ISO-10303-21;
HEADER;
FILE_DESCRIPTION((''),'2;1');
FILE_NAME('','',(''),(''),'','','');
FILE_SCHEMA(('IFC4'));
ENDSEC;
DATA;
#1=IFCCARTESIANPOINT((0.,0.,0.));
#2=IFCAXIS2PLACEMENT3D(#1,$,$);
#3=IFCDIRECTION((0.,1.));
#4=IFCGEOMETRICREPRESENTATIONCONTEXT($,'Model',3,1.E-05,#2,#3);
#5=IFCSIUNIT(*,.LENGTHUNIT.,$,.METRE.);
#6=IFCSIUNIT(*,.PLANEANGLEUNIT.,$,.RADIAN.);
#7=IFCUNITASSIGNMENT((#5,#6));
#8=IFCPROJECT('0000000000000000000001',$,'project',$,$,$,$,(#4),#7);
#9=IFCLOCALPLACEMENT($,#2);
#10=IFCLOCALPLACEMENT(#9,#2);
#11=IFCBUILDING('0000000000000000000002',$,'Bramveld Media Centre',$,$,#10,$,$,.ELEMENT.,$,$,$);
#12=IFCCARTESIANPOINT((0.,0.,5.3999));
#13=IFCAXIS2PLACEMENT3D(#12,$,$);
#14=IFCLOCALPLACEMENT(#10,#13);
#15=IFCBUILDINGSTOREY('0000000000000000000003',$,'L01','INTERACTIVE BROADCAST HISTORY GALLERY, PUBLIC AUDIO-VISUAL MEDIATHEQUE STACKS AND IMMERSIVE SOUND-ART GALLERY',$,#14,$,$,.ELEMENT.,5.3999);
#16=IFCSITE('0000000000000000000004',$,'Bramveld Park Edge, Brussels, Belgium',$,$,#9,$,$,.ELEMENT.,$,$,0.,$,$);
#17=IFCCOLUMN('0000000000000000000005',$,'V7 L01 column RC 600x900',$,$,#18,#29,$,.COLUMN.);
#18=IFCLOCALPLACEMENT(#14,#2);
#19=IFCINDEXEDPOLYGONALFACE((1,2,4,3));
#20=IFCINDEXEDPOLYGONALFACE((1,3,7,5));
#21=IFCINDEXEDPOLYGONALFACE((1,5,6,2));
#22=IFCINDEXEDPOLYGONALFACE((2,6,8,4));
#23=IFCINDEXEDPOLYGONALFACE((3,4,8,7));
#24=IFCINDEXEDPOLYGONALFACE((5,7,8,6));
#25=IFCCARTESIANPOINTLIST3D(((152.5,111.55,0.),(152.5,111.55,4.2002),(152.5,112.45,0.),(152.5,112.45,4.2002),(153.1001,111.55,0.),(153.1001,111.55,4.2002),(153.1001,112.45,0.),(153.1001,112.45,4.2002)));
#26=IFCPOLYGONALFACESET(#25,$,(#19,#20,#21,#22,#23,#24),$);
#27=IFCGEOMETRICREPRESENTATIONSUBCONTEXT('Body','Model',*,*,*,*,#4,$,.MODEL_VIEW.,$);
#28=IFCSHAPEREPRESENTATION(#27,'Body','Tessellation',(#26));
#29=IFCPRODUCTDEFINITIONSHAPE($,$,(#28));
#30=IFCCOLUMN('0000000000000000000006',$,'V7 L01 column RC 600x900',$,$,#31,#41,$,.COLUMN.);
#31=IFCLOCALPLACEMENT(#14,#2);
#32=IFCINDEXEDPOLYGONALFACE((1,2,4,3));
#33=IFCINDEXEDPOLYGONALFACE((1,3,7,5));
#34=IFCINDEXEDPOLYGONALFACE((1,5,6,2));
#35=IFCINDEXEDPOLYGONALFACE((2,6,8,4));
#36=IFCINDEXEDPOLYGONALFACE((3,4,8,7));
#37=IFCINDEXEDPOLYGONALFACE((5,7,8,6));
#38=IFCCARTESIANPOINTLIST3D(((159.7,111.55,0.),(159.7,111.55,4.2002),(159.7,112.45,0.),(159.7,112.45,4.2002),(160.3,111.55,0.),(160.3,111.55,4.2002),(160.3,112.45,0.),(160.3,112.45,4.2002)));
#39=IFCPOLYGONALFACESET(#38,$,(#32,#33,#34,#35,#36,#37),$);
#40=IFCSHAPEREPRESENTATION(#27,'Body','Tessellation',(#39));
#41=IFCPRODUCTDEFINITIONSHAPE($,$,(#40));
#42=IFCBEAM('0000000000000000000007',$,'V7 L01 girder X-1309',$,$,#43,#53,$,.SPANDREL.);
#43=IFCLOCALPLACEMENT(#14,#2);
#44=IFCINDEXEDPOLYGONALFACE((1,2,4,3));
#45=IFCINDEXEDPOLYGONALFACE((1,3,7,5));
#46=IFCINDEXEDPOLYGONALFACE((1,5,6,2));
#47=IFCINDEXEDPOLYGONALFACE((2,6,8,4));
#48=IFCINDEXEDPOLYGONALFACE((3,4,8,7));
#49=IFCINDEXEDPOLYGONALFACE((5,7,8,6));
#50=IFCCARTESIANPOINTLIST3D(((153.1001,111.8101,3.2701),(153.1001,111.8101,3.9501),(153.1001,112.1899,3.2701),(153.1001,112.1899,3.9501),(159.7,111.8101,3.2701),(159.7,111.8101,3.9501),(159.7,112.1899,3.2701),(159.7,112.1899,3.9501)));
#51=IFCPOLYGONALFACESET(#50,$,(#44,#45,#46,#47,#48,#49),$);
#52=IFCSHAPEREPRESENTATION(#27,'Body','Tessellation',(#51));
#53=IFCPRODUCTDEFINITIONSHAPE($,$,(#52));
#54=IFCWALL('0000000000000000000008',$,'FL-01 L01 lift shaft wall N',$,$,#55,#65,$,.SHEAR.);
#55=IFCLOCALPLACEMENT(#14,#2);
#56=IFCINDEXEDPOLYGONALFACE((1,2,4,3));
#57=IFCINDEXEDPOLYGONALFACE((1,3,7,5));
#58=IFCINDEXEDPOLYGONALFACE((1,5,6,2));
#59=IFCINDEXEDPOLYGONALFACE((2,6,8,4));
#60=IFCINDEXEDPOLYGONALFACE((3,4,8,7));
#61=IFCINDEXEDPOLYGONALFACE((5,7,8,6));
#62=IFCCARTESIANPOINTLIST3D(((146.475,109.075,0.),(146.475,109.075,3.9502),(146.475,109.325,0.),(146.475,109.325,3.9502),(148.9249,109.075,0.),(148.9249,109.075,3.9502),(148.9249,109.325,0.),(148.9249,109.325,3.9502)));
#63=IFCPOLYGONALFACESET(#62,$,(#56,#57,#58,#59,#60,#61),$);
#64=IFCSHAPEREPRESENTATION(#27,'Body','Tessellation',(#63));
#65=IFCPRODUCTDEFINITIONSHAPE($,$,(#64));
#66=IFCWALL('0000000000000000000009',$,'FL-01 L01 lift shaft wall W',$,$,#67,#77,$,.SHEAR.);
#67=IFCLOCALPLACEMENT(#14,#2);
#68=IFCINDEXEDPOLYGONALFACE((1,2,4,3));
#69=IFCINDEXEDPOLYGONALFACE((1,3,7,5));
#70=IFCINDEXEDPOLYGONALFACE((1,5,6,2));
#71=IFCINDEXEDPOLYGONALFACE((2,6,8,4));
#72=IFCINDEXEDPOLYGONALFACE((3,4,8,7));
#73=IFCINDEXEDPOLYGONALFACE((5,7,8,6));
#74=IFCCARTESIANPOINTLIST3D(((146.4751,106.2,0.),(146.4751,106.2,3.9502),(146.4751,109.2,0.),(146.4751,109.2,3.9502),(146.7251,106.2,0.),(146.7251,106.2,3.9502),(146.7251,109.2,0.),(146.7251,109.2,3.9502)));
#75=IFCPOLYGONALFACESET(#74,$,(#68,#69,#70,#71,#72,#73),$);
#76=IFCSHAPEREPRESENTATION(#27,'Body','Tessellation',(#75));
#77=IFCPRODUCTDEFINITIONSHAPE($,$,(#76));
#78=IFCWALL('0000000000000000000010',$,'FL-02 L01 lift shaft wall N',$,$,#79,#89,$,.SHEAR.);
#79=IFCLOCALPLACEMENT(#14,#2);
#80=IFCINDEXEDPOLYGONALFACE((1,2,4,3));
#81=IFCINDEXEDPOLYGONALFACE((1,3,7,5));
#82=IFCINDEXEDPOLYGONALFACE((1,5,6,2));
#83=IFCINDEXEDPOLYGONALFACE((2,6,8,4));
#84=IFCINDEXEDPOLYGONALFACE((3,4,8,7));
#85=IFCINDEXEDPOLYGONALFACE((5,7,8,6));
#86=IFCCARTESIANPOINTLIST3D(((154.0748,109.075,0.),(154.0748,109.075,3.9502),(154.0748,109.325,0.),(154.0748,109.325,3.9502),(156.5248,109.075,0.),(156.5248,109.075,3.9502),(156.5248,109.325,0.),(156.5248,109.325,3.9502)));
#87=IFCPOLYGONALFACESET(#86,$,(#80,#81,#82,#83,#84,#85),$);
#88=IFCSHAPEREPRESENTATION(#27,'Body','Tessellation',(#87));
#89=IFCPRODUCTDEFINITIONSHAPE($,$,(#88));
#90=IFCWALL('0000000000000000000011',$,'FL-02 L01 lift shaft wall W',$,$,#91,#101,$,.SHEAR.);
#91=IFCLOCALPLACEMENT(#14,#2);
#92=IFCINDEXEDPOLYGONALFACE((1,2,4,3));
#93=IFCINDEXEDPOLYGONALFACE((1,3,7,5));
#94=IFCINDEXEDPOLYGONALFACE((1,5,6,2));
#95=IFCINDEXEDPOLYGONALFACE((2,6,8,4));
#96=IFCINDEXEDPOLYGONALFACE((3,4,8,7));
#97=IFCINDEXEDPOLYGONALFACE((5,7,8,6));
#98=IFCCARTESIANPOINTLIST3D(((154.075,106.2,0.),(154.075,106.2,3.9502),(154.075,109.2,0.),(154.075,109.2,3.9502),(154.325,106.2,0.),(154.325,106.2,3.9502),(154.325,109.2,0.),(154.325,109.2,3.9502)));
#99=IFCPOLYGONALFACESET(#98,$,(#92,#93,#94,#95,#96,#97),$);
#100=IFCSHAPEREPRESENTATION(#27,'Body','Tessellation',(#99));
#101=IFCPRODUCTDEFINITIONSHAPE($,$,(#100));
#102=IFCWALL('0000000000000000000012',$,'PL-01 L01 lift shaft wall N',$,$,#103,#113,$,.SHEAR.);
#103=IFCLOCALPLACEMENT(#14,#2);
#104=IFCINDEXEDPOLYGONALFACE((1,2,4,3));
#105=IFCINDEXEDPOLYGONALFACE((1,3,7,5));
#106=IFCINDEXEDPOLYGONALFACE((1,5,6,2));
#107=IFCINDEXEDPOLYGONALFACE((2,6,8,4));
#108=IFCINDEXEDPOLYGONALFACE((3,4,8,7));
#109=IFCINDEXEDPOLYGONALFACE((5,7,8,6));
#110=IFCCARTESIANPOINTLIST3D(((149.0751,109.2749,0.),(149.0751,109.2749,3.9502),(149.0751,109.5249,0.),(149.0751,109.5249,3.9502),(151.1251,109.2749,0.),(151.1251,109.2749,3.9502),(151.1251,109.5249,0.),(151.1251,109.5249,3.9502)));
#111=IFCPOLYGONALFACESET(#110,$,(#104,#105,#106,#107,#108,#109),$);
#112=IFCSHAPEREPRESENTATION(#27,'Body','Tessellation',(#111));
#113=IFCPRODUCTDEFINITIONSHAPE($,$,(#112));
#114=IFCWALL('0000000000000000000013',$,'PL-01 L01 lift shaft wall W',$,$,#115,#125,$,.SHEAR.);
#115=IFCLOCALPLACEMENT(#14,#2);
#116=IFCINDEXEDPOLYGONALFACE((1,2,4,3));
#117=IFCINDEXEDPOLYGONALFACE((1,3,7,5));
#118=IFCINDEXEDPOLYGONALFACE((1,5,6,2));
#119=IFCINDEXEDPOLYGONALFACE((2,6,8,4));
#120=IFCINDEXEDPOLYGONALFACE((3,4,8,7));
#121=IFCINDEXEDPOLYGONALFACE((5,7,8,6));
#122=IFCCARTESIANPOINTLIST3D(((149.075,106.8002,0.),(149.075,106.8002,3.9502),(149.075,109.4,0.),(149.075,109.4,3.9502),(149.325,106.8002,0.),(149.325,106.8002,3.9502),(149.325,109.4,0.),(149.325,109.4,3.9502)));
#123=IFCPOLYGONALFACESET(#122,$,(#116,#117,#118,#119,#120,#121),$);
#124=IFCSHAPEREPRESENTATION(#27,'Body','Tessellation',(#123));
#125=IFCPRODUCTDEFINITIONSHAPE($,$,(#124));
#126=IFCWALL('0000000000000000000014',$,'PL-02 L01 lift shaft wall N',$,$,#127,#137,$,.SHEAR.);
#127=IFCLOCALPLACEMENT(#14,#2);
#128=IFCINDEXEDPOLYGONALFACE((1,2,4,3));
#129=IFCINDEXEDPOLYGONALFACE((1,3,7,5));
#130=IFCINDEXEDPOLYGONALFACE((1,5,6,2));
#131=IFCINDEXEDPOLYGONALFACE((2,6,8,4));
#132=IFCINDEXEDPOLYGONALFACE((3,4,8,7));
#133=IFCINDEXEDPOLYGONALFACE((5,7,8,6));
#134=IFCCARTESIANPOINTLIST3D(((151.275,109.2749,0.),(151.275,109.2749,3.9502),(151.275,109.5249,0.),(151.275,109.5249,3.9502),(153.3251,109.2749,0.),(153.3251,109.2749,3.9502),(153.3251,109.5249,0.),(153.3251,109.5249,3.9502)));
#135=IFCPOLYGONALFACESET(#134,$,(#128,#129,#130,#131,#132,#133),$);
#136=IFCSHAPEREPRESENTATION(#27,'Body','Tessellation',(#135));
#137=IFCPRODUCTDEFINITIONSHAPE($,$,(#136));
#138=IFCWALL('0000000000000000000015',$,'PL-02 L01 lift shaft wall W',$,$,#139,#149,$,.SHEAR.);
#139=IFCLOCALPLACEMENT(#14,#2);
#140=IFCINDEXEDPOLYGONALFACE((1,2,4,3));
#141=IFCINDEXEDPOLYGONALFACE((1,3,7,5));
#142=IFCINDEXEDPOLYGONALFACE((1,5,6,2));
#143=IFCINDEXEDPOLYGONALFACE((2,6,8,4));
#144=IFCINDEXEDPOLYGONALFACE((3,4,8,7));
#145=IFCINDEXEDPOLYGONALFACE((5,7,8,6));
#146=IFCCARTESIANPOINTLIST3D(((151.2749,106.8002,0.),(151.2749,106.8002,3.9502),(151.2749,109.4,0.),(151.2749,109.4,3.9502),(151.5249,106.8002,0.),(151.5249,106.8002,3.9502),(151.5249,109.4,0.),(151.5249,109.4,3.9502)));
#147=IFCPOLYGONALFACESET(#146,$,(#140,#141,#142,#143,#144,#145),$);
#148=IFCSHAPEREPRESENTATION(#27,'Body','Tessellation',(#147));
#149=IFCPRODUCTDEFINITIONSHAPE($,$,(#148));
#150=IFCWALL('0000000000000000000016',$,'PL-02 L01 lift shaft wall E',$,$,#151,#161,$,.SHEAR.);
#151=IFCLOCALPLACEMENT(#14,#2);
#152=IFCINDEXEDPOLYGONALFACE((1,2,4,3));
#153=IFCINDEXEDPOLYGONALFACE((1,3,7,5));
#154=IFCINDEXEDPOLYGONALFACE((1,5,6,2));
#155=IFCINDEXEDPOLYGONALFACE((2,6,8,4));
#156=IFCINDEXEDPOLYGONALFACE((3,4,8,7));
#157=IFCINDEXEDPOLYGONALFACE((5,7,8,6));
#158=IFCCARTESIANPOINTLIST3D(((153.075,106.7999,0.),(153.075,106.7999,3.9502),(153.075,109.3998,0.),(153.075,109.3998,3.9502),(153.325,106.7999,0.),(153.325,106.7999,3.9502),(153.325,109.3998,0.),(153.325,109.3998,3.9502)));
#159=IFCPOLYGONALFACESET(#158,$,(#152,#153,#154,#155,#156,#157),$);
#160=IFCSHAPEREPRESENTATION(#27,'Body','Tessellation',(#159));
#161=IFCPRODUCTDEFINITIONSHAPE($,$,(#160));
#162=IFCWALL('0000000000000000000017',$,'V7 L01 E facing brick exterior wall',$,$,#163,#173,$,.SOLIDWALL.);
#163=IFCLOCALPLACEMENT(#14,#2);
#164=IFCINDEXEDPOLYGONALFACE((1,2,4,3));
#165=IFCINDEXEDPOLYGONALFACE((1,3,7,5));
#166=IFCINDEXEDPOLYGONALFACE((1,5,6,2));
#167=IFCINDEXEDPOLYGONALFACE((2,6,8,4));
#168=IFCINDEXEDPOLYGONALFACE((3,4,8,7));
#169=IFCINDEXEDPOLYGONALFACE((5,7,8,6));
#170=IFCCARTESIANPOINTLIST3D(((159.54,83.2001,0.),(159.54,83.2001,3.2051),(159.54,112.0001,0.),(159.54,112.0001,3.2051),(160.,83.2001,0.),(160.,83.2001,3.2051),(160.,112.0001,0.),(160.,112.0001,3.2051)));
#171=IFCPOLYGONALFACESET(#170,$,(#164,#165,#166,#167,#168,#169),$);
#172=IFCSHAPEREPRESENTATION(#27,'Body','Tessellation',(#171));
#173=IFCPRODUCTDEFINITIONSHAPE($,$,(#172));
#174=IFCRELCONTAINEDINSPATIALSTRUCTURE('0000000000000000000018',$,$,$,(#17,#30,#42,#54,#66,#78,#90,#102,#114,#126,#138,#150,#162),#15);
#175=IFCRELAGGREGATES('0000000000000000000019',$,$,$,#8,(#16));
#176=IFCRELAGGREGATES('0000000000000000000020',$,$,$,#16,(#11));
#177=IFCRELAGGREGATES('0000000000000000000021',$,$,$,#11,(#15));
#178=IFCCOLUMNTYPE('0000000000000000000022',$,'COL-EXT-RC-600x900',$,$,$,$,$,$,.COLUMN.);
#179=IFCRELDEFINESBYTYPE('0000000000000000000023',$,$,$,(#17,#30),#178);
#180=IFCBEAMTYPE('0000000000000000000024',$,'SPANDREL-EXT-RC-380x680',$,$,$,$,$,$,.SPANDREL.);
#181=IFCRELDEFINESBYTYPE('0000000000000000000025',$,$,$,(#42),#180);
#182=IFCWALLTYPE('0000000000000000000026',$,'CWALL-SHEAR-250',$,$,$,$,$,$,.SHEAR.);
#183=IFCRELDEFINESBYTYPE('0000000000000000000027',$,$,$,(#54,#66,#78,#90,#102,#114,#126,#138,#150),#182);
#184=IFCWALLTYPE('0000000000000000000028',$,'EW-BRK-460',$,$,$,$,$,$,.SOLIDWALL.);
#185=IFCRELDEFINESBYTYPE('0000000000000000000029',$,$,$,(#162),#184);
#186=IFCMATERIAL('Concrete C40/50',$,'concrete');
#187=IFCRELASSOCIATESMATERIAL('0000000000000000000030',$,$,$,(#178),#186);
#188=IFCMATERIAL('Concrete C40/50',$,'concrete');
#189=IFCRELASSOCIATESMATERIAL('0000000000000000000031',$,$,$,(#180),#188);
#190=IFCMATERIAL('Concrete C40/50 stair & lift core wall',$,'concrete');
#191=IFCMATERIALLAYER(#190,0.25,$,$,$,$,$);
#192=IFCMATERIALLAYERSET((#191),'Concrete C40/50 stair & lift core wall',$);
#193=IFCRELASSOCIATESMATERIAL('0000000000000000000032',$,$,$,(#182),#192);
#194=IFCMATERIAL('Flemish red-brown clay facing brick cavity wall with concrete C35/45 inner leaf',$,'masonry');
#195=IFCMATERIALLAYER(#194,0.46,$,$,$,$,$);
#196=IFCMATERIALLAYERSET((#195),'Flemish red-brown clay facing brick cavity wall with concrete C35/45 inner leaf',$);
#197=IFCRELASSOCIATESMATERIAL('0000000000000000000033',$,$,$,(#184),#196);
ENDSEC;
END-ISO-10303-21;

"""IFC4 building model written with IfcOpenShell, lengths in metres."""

from ifc_helpers import new_model, si_unit, direction, frame, frame_2d, origin, origin_2d, place, context, subcontext, project, spatial, rectangle, extrude, material, layer, layer_set, material_profile, profile_set, type_object, element, save


model = new_model("IFC4")

# Units and contexts
model_context = context("Model", 3, precision=1e-05, world=origin(), true_north=direction((0.0, 1.0)))
body_context = subcontext(model_context, "Body", "Model", "MODEL_VIEW")
ifc_project = project(units=[si_unit("LENGTHUNIT", "METRE"), si_unit("PLANEANGLEUNIT", "RADIAN")], contexts=[model_context])

# Site, building, storey
site_placement = place(None, origin())
site = spatial("IfcSite", under=ifc_project, at=site_placement, Name="Bramveld Park Edge, Brussels, Belgium", CompositionType="ELEMENT", RefElevation=0.0)
building_placement = place(site_placement, origin())
building = spatial("IfcBuilding", under=site, at=building_placement, Name="Bramveld Media Centre", CompositionType="ELEMENT")
storey_placement = place(building_placement, frame((0.0, 0.0, 5.3999)))
storey = spatial("IfcBuildingStorey", under=building, at=storey_placement, Name="L01", Description="INTERACTIVE BROADCAST HISTORY GALLERY, PUBLIC AUDIO-VISUAL MEDIATHEQUE STACKS AND IMMERSIVE SOUND-ART GALLERY", CompositionType="ELEMENT", Elevation=5.3999)

# Columns
ifc_material_1 = material(Name="Concrete C40/50", Category="concrete")
ifc_material_profile_1 = material_profile(ifc_material_1, rectangle(XDim=0.6001, YDim=0.8999, at=origin_2d()), Name="RC 600x900")
ifc_profile_set_1 = profile_set([ifc_material_profile_1], Name="Concrete C40/50")
column_type = type_object("IfcColumnType", Name="COL-EXT-RC-600x900", PredefinedType="COLUMN", material=ifc_profile_set_1)
for number, where, z_axis, x_axis, name in (
    (1, (152.8, 112.0, 0.0), (0.0, 0.0, 1.0), (1.0, 0.0, 0.0), "V7 L01 column RC 600x900"),
    (2, (160.0, 112.0, 0.0), (0.0, 0.0, 1.0), (1.0, 0.0, 0.0), "V7 L01 column RC 600x900"),
):
    element("IfcColumn", number, at=place(storey_placement, frame(where, z_axis=z_axis, x_axis=x_axis)), inside=storey, type_object=column_type, Name=name, PredefinedType="COLUMN", context=body_context, shape_type="SweptSolid", body=[
        extrude(rectangle(XDim=0.6001, YDim=0.8999, at=origin_2d()), origin(), (0.0, 0.0, 1.0), 4.2002),
    ])

# Beam
ifc_material_2 = material(Name="Concrete C40/50", Category="concrete")
ifc_material_profile_2 = material_profile(ifc_material_2, rectangle(XDim=0.3799, YDim=0.6799, at=origin_2d()), Name="RC 380x680")
ifc_profile_set_2 = profile_set([ifc_material_profile_2], Name="Concrete C40/50")
beam_type = type_object("IfcBeamType", Name="SPANDREL-EXT-RC-380x680", PredefinedType="SPANDREL", material=ifc_profile_set_2)
beam_placement = place(storey_placement, frame((153.1001, 112.0, 3.6101), z_axis=(1.0, 0.0, 0.0), x_axis=(0.0, 1.0, 0.0)))
element("IfcBeam", 3, at=beam_placement, inside=storey, type_object=beam_type, Name="V7 L01 girder X-1309", PredefinedType="SPANDREL", context=body_context, shape_type="SweptSolid", body=[
    extrude(rectangle(XDim=0.3799, YDim=0.6799, at=origin_2d()), origin(), (0.0, 0.0, 1.0), 6.5999),
])

# Walls
ifc_material_3 = material(Name="Concrete C40/50 stair & lift core wall", Category="concrete")
ifc_layer_1 = layer(ifc_material_3, 0.25)
ifc_layer_set_1 = layer_set([ifc_layer_1], Name="Concrete C40/50 stair & lift core wall")
wall_type_1 = type_object("IfcWallType", Name="CWALL-SHEAR-250", PredefinedType="SHEAR", material=ifc_layer_set_1)
wall_1_placement = place(storey_placement, frame((148.925, 109.2, 0.0), z_axis=(0.0, 0.0, 1.0), x_axis=(-1.0, 0.0, 0.0)))
element("IfcWall", 4, at=wall_1_placement, inside=storey, type_object=wall_type_1, Name="FL-01 L01 lift shaft wall N", PredefinedType="SHEAR", context=body_context, shape_type="SweptSolid", body=[
    extrude(rectangle(XDim=2.45, YDim=0.25, at=frame_2d((1.2251, 0.0))), origin(), (0.0, 0.0, 1.0), 3.9502),
])
wall_2_placement = place(storey_placement, frame((146.6001, 109.2, 0.0), z_axis=(0.0, 0.0, 1.0), x_axis=(0.0, -1.0, 0.0)))
element("IfcWall", 5, at=wall_2_placement, inside=storey, type_object=wall_type_1, Name="FL-01 L01 lift shaft wall W", PredefinedType="SHEAR", context=body_context, shape_type="SweptSolid", body=[
    extrude(rectangle(XDim=3.0, YDim=0.25, at=frame_2d((1.5, 0.0))), origin(), (0.0, 0.0, 1.0), 3.9502),
])
wall_3_placement = place(storey_placement, frame((156.5249, 109.2, 0.0), z_axis=(0.0, 0.0, 1.0), x_axis=(-1.0, 0.0, 0.0)))
element("IfcWall", 6, at=wall_3_placement, inside=storey, type_object=wall_type_1, Name="FL-02 L01 lift shaft wall N", PredefinedType="SHEAR", context=body_context, shape_type="SweptSolid", body=[
    extrude(rectangle(XDim=2.45, YDim=0.25, at=frame_2d((1.2251, 0.0))), origin(), (0.0, 0.0, 1.0), 3.9502),
])
wall_4_placement = place(storey_placement, frame((154.2, 109.2, 0.0), z_axis=(0.0, 0.0, 1.0), x_axis=(0.0, -1.0, 0.0)))
element("IfcWall", 7, at=wall_4_placement, inside=storey, type_object=wall_type_1, Name="FL-02 L01 lift shaft wall W", PredefinedType="SHEAR", context=body_context, shape_type="SweptSolid", body=[
    extrude(rectangle(XDim=3.0, YDim=0.25, at=frame_2d((1.5, 0.0))), origin(), (0.0, 0.0, 1.0), 3.9502),
])
wall_5_placement = place(storey_placement, frame((151.125, 109.3999, 0.0), z_axis=(0.0, 0.0, 1.0), x_axis=(-1.0, 0.0, 0.0)))
element("IfcWall", 8, at=wall_5_placement, inside=storey, type_object=wall_type_1, Name="PL-01 L01 lift shaft wall N", PredefinedType="SHEAR", context=body_context, shape_type="SweptSolid", body=[
    extrude(rectangle(XDim=2.05, YDim=0.25, at=frame_2d((1.0249, 0.0))), origin(), (0.0, 0.0, 1.0), 3.9502),
])
wall_6_placement = place(storey_placement, frame((149.2, 109.3999, 0.0), z_axis=(0.0, 0.0, 1.0), x_axis=(0.0, -1.0, 0.0)))
element("IfcWall", 9, at=wall_6_placement, inside=storey, type_object=wall_type_1, Name="PL-01 L01 lift shaft wall W", PredefinedType="SHEAR", context=body_context, shape_type="SweptSolid", body=[
    extrude(rectangle(XDim=2.5999, YDim=0.25, at=frame_2d((1.2998, 0.0))), origin(), (0.0, 0.0, 1.0), 3.9502),
])

# Walls
wall_7_placement = place(storey_placement, frame((153.325, 109.3999, 0.0), z_axis=(0.0, 0.0, 1.0), x_axis=(-1.0, 0.0, 0.0)))
element("IfcWall", 10, at=wall_7_placement, inside=storey, type_object=wall_type_1, Name="PL-02 L01 lift shaft wall N", PredefinedType="SHEAR", context=body_context, shape_type="SweptSolid", body=[
    extrude(rectangle(XDim=2.05, YDim=0.25, at=frame_2d((1.0249, 0.0))), origin(), (0.0, 0.0, 1.0), 3.9502),
])
for number, where, z_axis, x_axis, name in (
    (11, (151.3999, 109.3999, 0.0), (0.0, 0.0, 1.0), (0.0, -1.0, 0.0), "PL-02 L01 lift shaft wall W"),
    (12, (153.2, 106.8, 0.0), (0.0, 0.0, 1.0), (0.0, 1.0, 0.0), "PL-02 L01 lift shaft wall E"),
):
    element("IfcWall", number, at=place(storey_placement, frame(where, z_axis=z_axis, x_axis=x_axis)), inside=storey, type_object=wall_type_1, Name=name, PredefinedType="SHEAR", context=body_context, shape_type="SweptSolid", body=[
        extrude(rectangle(XDim=2.5999, YDim=0.25, at=frame_2d((1.2998, 0.0))), origin(), (0.0, 0.0, 1.0), 3.9502),
    ])
ifc_material_4 = material(Name="Flemish red-brown clay facing brick cavity wall with concrete C35/45 inner leaf", Category="masonry")
ifc_layer_2 = layer(ifc_material_4, 0.46)
ifc_layer_set_2 = layer_set([ifc_layer_2], Name="Flemish red-brown clay facing brick cavity wall with concrete C35/45 inner leaf")
wall_type_2 = type_object("IfcWallType", Name="EW-BRK-460", PredefinedType="SOLIDWALL", material=ifc_layer_set_2)
wall_8_placement = place(storey_placement, frame((159.77, 112.0, 0.0), z_axis=(0.0, 0.0, 1.0), x_axis=(0.0, -1.0, 0.0)))
element("IfcWall", 13, at=wall_8_placement, inside=storey, type_object=wall_type_2, Name="V7 L01 E facing brick exterior wall", PredefinedType="SOLIDWALL", context=body_context, shape_type="SweptSolid", body=[
    extrude(rectangle(XDim=28.8, YDim=0.46, at=frame_2d((14.3999, 0.0))), origin(), (0.0, 0.0, 1.0), 3.2051),
])

save(model, "model.ifc")
